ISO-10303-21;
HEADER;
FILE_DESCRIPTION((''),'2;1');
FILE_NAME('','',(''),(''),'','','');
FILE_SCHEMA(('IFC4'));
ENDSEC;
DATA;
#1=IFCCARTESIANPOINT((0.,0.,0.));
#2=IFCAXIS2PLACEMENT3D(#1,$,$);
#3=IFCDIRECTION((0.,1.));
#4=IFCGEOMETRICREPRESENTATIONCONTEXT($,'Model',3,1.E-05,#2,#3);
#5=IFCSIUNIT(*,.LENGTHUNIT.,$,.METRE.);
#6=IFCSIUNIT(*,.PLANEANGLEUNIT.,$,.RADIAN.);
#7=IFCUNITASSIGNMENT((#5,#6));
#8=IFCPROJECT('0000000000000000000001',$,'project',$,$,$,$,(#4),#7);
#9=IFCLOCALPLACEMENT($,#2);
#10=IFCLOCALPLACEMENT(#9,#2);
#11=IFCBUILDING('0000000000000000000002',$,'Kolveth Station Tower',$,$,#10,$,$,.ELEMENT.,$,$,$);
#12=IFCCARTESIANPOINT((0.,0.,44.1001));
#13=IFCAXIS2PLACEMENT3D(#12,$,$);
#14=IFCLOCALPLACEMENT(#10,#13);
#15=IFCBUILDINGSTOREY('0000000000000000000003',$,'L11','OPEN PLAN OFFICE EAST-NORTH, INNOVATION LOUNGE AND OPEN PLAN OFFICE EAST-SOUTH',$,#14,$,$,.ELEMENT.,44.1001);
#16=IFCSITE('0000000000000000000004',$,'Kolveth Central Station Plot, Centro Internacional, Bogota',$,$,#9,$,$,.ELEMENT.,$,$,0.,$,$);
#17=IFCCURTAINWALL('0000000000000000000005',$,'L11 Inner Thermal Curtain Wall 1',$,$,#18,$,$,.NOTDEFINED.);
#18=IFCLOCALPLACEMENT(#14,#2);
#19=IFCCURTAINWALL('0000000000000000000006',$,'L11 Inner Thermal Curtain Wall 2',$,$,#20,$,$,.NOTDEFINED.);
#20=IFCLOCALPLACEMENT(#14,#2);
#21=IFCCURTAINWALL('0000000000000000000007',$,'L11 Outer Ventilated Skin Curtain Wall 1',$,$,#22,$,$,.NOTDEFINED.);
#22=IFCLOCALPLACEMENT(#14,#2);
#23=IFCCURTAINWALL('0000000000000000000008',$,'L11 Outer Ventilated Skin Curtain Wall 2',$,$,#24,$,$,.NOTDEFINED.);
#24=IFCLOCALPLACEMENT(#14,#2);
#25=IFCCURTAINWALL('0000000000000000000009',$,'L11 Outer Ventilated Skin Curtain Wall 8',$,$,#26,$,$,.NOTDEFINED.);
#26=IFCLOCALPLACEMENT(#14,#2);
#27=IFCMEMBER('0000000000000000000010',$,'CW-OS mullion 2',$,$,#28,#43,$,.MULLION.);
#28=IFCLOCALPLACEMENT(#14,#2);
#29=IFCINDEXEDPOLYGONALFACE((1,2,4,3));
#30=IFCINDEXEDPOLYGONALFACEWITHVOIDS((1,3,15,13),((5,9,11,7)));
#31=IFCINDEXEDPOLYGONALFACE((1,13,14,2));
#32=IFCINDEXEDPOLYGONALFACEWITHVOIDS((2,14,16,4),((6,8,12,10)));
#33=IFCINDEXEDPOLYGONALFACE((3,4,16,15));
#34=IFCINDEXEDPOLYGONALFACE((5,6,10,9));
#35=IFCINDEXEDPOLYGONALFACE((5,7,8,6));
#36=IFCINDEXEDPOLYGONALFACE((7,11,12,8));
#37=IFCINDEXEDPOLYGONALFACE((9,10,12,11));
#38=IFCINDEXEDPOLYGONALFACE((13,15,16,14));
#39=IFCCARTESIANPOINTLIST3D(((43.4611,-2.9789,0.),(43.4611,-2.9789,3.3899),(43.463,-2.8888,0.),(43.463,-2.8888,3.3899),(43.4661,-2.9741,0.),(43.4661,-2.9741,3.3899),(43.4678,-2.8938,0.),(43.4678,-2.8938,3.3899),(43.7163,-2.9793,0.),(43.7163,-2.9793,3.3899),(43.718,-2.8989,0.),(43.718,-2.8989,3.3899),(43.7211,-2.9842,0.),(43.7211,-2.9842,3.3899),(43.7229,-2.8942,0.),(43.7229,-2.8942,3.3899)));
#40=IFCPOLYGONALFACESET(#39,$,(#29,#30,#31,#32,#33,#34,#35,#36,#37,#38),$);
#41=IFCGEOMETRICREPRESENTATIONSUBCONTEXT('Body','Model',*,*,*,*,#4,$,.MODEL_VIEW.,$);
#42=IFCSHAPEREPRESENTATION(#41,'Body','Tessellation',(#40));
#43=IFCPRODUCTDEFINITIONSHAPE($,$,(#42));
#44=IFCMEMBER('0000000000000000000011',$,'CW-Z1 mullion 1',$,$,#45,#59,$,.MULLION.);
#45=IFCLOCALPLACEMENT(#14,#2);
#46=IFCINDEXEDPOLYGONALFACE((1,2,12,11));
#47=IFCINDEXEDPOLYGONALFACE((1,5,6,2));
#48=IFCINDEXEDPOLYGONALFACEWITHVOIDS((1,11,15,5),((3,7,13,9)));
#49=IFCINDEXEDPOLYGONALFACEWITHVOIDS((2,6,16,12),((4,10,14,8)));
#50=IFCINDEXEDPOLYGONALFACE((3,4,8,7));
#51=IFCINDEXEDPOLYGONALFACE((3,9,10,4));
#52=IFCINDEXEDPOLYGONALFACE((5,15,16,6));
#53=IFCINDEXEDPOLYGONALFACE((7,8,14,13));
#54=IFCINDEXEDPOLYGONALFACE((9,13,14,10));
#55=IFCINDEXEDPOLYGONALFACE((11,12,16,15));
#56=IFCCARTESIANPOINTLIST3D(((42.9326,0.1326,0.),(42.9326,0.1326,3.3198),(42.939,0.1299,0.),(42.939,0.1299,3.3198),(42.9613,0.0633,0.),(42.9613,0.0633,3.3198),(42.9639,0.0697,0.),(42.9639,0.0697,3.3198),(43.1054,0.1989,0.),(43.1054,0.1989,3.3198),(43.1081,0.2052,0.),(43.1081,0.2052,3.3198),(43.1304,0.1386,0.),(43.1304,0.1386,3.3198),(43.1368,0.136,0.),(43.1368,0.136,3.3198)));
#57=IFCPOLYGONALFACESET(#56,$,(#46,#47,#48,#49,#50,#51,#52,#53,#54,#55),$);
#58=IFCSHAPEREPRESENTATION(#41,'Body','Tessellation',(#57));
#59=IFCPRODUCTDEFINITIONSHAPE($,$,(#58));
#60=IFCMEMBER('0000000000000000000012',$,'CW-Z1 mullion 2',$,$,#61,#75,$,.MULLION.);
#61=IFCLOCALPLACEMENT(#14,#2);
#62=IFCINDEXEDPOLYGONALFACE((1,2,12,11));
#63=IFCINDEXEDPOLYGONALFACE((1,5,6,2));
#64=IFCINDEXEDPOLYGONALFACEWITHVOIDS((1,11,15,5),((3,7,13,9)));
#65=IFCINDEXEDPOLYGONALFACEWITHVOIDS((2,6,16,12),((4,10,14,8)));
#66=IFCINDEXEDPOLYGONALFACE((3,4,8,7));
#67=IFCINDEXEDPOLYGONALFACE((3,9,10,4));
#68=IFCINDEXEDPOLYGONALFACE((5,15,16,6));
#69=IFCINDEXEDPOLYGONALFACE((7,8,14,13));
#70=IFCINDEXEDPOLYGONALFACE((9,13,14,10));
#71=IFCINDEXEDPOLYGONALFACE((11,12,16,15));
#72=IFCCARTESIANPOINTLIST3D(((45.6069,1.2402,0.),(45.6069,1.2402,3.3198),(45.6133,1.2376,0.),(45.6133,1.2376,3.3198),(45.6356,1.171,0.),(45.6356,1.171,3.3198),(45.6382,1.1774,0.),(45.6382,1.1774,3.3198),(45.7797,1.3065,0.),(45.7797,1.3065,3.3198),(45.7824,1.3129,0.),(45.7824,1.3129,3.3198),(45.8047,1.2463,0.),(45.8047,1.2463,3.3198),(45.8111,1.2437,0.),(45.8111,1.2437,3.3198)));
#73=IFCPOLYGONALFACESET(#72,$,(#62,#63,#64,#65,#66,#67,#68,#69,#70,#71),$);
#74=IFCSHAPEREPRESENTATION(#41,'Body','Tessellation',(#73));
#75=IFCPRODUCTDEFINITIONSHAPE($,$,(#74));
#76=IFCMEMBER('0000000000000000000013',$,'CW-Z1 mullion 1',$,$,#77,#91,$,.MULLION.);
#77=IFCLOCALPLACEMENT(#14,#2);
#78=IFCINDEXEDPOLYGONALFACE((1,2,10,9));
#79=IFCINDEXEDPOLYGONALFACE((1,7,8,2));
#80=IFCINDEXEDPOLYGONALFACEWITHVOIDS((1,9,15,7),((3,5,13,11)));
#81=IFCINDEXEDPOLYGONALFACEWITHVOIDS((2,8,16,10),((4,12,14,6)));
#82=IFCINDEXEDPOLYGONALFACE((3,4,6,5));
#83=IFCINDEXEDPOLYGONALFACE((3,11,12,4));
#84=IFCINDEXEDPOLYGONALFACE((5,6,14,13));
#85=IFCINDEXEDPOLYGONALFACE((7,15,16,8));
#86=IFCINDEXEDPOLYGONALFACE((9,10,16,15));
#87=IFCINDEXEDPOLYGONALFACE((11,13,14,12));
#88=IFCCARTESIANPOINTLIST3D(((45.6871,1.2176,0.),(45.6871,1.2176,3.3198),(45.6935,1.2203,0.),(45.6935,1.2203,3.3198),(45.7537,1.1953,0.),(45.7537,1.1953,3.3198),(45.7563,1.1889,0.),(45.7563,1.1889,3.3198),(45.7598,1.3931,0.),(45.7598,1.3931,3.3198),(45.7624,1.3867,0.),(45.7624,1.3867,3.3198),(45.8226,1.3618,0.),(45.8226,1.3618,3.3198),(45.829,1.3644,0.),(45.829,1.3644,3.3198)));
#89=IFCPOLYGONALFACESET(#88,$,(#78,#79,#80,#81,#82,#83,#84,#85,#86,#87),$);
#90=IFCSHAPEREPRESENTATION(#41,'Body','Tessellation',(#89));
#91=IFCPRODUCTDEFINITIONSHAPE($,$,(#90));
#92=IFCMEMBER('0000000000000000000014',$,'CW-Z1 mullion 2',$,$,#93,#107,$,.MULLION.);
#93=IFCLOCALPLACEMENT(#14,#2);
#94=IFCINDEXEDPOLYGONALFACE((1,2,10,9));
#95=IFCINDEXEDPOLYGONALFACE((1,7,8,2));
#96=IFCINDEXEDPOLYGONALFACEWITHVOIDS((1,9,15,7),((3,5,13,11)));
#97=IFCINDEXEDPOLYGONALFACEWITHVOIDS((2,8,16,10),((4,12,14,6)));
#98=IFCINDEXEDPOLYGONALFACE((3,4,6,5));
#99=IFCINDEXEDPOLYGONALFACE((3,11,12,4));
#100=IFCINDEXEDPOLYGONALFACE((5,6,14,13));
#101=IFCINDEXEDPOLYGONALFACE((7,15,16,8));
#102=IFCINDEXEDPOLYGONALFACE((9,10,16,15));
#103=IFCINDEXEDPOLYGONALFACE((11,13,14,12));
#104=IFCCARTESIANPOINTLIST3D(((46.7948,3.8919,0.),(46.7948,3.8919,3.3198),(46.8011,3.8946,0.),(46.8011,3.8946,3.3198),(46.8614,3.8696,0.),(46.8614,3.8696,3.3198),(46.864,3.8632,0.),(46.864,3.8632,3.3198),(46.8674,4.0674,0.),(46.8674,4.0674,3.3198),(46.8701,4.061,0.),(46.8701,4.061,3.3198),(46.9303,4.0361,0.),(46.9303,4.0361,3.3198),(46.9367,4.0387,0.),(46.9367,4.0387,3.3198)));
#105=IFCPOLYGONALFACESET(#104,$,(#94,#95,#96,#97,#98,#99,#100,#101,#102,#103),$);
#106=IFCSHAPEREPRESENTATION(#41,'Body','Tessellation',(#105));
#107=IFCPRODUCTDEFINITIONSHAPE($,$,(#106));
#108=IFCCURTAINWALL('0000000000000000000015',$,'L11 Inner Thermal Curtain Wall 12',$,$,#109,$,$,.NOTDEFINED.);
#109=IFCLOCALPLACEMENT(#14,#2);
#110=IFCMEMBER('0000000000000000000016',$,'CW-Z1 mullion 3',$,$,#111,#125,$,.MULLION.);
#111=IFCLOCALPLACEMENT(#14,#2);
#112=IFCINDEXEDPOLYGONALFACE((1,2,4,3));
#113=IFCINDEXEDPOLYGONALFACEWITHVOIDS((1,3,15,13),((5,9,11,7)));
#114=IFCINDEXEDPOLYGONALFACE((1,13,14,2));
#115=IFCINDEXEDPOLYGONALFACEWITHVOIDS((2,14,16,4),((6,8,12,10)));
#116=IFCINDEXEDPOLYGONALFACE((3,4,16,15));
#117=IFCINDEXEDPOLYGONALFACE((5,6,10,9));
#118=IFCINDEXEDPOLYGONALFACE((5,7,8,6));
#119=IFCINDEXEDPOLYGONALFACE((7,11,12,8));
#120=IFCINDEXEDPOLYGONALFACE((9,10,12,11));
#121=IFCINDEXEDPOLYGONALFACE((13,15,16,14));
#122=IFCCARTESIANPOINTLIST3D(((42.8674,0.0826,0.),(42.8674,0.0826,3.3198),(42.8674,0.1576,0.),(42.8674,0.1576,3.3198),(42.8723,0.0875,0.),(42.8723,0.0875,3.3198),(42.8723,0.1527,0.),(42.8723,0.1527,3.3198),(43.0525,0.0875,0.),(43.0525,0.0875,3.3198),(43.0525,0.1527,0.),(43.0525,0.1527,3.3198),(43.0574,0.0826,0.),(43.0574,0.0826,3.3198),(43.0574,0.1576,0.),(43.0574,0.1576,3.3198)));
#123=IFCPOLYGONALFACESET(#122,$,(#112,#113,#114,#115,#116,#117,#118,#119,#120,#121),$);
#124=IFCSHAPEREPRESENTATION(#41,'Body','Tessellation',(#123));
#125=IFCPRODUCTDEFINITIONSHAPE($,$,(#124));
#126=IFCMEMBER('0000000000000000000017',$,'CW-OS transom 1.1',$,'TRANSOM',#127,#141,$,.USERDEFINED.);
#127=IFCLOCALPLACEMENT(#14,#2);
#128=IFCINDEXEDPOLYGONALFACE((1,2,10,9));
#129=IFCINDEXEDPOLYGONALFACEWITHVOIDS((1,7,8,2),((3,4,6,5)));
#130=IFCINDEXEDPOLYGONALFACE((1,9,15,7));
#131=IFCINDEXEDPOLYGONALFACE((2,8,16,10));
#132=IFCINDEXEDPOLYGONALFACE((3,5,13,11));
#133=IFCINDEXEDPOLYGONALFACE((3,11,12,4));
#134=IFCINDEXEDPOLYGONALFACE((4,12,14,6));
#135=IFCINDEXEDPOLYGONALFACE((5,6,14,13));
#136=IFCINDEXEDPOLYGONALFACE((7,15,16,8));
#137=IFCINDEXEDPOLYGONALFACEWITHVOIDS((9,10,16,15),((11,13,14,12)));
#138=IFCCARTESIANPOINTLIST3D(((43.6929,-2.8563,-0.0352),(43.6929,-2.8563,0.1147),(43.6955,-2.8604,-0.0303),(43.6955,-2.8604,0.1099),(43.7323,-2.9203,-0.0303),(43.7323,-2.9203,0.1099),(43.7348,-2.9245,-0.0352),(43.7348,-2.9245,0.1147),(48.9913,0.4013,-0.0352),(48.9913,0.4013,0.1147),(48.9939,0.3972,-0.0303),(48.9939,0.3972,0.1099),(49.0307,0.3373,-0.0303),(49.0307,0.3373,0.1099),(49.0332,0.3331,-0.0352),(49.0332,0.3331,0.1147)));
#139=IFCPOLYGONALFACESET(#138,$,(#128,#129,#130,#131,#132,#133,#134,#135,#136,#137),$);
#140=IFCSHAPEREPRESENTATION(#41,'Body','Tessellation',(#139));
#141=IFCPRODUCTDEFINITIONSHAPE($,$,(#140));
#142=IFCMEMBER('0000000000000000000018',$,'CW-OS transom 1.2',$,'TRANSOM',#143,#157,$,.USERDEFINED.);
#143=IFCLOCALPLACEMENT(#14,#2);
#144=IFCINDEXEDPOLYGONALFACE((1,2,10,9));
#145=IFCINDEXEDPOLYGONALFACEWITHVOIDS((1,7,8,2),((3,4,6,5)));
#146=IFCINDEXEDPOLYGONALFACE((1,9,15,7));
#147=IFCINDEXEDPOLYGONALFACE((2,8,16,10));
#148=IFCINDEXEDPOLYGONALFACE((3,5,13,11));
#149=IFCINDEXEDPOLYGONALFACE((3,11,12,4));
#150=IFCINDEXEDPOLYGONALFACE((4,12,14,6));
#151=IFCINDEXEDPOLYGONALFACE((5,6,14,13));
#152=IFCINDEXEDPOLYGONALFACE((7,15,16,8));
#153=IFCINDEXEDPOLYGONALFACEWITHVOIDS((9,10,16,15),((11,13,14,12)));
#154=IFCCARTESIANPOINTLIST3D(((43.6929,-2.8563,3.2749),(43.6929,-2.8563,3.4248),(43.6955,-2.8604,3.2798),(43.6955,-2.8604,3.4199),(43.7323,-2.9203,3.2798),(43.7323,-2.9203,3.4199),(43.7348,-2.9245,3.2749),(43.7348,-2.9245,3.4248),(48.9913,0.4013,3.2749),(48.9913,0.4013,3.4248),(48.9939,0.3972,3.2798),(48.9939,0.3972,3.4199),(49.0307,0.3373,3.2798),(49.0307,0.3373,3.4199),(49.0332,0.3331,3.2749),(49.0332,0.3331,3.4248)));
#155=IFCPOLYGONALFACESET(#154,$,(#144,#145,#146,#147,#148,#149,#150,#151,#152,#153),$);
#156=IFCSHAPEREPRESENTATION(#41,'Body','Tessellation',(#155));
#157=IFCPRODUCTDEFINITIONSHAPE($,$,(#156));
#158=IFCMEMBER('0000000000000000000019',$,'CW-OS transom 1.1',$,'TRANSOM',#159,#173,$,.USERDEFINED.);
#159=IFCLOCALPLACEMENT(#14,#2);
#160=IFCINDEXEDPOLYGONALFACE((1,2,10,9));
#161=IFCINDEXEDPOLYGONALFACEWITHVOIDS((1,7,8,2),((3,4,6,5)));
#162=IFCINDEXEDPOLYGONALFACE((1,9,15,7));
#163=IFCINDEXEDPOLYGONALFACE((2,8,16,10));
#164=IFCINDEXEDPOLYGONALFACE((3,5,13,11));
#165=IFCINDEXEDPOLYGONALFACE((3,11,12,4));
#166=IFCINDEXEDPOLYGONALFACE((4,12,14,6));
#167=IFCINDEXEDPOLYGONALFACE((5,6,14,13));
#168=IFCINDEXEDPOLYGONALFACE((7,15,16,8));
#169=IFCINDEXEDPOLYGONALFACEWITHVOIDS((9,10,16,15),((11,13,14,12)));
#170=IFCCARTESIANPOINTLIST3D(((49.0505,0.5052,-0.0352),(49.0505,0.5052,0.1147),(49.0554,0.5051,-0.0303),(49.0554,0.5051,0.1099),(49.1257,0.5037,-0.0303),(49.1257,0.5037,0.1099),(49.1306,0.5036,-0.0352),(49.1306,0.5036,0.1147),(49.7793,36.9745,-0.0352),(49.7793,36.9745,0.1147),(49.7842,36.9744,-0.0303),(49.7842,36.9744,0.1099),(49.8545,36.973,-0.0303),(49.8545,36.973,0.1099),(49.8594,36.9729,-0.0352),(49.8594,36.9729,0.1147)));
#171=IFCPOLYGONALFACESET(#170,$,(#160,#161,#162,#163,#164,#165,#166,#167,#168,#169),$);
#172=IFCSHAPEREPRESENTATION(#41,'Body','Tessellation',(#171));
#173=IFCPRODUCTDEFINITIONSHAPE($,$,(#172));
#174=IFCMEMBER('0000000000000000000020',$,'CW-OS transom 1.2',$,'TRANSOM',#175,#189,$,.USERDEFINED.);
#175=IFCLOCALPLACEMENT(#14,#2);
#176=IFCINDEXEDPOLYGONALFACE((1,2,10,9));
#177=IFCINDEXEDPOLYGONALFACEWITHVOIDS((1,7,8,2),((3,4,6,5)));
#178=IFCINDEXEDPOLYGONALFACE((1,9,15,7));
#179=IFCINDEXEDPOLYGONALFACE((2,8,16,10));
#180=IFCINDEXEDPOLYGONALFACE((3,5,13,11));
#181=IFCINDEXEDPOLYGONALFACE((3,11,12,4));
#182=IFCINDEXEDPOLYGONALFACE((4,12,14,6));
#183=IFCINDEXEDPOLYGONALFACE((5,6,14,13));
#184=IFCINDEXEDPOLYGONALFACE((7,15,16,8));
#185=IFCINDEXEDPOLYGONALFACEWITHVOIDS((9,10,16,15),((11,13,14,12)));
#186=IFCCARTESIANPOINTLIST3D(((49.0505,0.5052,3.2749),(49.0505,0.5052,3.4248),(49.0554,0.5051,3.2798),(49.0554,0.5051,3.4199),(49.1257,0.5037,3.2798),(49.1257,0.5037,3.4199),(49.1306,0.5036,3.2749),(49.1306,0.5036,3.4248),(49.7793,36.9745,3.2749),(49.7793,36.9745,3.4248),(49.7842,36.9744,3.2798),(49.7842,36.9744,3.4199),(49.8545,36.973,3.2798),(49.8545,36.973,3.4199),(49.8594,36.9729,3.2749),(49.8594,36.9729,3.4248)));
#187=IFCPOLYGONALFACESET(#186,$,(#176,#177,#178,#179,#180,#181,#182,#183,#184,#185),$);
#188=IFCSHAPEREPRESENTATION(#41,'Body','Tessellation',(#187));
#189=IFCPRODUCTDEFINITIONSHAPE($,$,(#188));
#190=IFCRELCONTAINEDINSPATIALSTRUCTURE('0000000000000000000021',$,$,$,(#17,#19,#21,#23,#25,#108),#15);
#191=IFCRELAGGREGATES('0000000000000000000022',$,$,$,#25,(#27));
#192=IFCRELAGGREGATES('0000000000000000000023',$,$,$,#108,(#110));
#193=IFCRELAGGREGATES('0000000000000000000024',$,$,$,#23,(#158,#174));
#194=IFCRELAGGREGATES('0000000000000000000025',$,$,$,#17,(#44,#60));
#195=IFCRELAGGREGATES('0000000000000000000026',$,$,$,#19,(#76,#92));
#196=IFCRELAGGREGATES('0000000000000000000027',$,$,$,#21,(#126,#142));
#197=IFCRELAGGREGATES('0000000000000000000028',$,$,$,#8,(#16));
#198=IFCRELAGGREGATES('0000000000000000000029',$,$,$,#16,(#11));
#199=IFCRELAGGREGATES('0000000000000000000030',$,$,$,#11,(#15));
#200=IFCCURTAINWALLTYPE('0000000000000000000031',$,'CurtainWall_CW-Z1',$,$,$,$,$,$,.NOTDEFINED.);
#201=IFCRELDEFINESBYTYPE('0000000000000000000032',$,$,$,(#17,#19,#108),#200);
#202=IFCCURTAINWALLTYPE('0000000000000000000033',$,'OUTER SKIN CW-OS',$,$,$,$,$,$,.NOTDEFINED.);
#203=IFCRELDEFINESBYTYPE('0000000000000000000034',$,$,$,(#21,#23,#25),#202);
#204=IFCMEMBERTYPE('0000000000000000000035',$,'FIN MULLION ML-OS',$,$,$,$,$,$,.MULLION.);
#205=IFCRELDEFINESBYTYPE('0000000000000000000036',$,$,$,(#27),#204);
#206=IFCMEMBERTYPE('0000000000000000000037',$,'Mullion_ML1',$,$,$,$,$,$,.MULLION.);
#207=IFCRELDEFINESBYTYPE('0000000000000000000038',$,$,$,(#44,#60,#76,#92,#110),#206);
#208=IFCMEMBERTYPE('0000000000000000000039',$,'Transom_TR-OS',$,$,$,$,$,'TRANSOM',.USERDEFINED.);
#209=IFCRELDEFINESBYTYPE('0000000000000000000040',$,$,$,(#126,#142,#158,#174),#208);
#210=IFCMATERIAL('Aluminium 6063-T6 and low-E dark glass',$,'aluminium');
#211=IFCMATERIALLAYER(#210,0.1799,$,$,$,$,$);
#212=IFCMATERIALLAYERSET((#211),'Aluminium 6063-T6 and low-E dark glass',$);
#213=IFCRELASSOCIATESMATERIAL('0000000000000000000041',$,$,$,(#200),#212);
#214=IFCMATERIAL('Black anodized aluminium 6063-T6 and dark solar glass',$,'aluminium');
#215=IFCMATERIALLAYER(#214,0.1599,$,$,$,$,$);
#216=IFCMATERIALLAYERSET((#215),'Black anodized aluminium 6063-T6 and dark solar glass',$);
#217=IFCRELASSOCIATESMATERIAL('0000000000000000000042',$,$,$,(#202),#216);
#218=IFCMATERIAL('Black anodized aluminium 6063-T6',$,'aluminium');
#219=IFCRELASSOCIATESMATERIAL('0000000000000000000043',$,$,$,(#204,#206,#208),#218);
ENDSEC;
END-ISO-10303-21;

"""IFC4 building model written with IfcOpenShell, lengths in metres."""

from ifc_helpers import new_model, si_unit, direction, frame, origin, origin_2d, place, context, subcontext, project, spatial, hollow_rectangle, extrude, source, transform, mapped, material, layer, layer_set, material_profile, profile_set, type_object, element, aggregate, save


model = new_model("IFC4")

# Units and contexts
model_context = context("Model", 3, precision=1e-05, world=origin(), true_north=direction((0.0, 1.0)))
body_context = subcontext(model_context, "Body", "Model", "MODEL_VIEW")
ifc_project = project(units=[si_unit("LENGTHUNIT", "METRE"), si_unit("PLANEANGLEUNIT", "RADIAN")], contexts=[model_context])

# Site, building, storey
site_placement = place(None, origin())
site = spatial("IfcSite", under=ifc_project, at=site_placement, Name="Kolveth Central Station Plot, Centro Internacional, Bogota", CompositionType="ELEMENT", RefElevation=0.0)
building_placement = place(site_placement, origin())
building = spatial("IfcBuilding", under=site, at=building_placement, Name="Kolveth Station Tower", CompositionType="ELEMENT")
storey_placement = place(building_placement, frame((0.0, 0.0, 44.1001)))
storey = spatial("IfcBuildingStorey", under=building, at=storey_placement, Name="L11", Description="OPEN PLAN OFFICE EAST-NORTH, INNOVATION LOUNGE AND OPEN PLAN OFFICE EAST-SOUTH", CompositionType="ELEMENT", Elevation=44.1001)

# Curtain walls
ifc_material_1 = material(Name="Aluminium 6063-T6 and low-E dark glass", Category="aluminium")
ifc_layer_1 = layer(ifc_material_1, 0.1799)
ifc_layer_set_1 = layer_set([ifc_layer_1], Name="Aluminium 6063-T6 and low-E dark glass")
curtain_wall_type_1 = type_object("IfcCurtainWallType", Name="CurtainWall_CW-Z1", PredefinedType="NOTDEFINED", material=ifc_layer_set_1)
curtain_wall_1_placement = place(storey_placement, origin())
curtain_wall_1 = element("IfcCurtainWall", 1, at=curtain_wall_1_placement, inside=storey, type_object=curtain_wall_type_1, Name="L11 Inner Thermal Curtain Wall 1", PredefinedType="NOTDEFINED")
ifc_material_2 = material(Name="Black anodized aluminium 6063-T6", Category="aluminium")
curtain_wall_2_placement = place(storey_placement, origin())
curtain_wall_2 = element("IfcCurtainWall", 2, at=curtain_wall_2_placement, inside=storey, type_object=curtain_wall_type_1, Name="L11 Inner Thermal Curtain Wall 2", PredefinedType="NOTDEFINED")
ifc_material_3 = material(Name="Black anodized aluminium 6063-T6 and dark solar glass", Category="aluminium")
ifc_layer_2 = layer(ifc_material_3, 0.1599)
ifc_layer_set_2 = layer_set([ifc_layer_2], Name="Black anodized aluminium 6063-T6 and dark solar glass")
curtain_wall_type_2 = type_object("IfcCurtainWallType", Name="OUTER SKIN CW-OS", PredefinedType="NOTDEFINED", material=ifc_layer_set_2)
curtain_wall_3_placement = place(storey_placement, origin())
curtain_wall_3 = element("IfcCurtainWall", 3, at=curtain_wall_3_placement, inside=storey, type_object=curtain_wall_type_2, Name="L11 Outer Ventilated Skin Curtain Wall 1", PredefinedType="NOTDEFINED")
ifc_material_profile_1 = material_profile(ifc_material_2, hollow_rectangle(XDim=0.0901, YDim=0.26, WallThickness=0.0049, at=origin_2d()), Name="ALU-90x260x5")
ifc_profile_set_1 = profile_set([ifc_material_profile_1], Name="Black anodized aluminium 6063-T6")
member_type_1 = type_object("IfcMemberType", Name="FIN MULLION ML-OS", PredefinedType="MULLION", material=ifc_profile_set_1)
shared_shape_1 = source(origin(), body_context, "Body", "SweptSolid", [
    extrude(hollow_rectangle(XDim=0.0901, YDim=0.26, WallThickness=0.0049, at=origin_2d()), origin(), (0.0, 0.0, 1.0), 3.3899),
])

# Curtain walls, member
curtain_wall_4_placement = place(storey_placement, origin())
curtain_wall_4 = element("IfcCurtainWall", 4, at=curtain_wall_4_placement, inside=storey, type_object=curtain_wall_type_2, Name="L11 Outer Ventilated Skin Curtain Wall 2", PredefinedType="NOTDEFINED")
curtain_wall_5_placement = place(storey_placement, origin())
curtain_wall_5 = element("IfcCurtainWall", 5, at=curtain_wall_5_placement, inside=storey, type_object=curtain_wall_type_2, Name="L11 Outer Ventilated Skin Curtain Wall 8", PredefinedType="NOTDEFINED")
member_1_placement = place(storey_placement, frame((43.592, -2.9365, 0.0), z_axis=(0.0, 0.0, 1.0), x_axis=(0.02061, 0.999788, 0.0)))
member_1 = element("IfcMember", 6, at=member_1_placement, type_object=member_type_1, Name="CW-OS mullion 2", PredefinedType="MULLION", context=body_context, shape_type="MappedRepresentation", body=[
    mapped(shared_shape_1, transform((0.0, 0.0, 0.0), x_axis=(1.0, 0.0, 0.0), y_axis=(0.0, 1.0, 0.0), z_axis=(0.0, 0.0, 1.0), scale=1.0)),
])
aggregate(curtain_wall_5, [member_1])

# Members
ifc_material_profile_2 = material_profile(ifc_material_2, hollow_rectangle(XDim=0.075, YDim=0.1899, WallThickness=0.0049, at=origin_2d()), Name="ALU-75x190x5")
ifc_profile_set_2 = profile_set([ifc_material_profile_2], Name="Black anodized aluminium 6063-T6")
member_type_2 = type_object("IfcMemberType", Name="Mullion_ML1", PredefinedType="MULLION", material=ifc_profile_set_2)
shared_shape_2 = source(origin(), body_context, "Body", "SweptSolid", [
    extrude(hollow_rectangle(XDim=0.075, YDim=0.1899, WallThickness=0.0049, at=origin_2d()), origin(), (0.0, 0.0, 1.0), 3.3198),
])
member_2_placement = place(storey_placement, frame((43.0347, 0.1343, 0.0), z_axis=(0.0, 0.0, 1.0), x_axis=(-0.382673, 0.923884, 0.0)))
member_2 = element("IfcMember", 7, at=member_2_placement, type_object=member_type_2, Name="CW-Z1 mullion 1", PredefinedType="MULLION", context=body_context, shape_type="MappedRepresentation", body=[
    mapped(shared_shape_2, transform((0.0, 0.0, 0.0), x_axis=(1.0, 0.0, 0.0), y_axis=(0.0, 1.0, 0.0), z_axis=(0.0, 0.0, 1.0), scale=1.0)),
])
member_3_placement = place(storey_placement, frame((45.709, 1.2419, 0.0), z_axis=(0.0, 0.0, 1.0), x_axis=(-0.382673, 0.923884, 0.0)))
member_3 = element("IfcMember", 8, at=member_3_placement, type_object=member_type_2, Name="CW-Z1 mullion 2", PredefinedType="MULLION", context=body_context, shape_type="MappedRepresentation", body=[
    mapped(shared_shape_2, transform((0.0, 0.0, 0.0), x_axis=(1.0, 0.0, 0.0), y_axis=(0.0, 1.0, 0.0), z_axis=(0.0, 0.0, 1.0), scale=1.0)),
])
member_4_placement = place(storey_placement, frame((45.7581, 1.291, 0.0), z_axis=(0.0, 0.0, 1.0), x_axis=(-0.923884, 0.382673, 0.0)))
member_4 = element("IfcMember", 9, at=member_4_placement, type_object=member_type_2, Name="CW-Z1 mullion 1", PredefinedType="MULLION", context=body_context, shape_type="MappedRepresentation", body=[
    mapped(shared_shape_2, transform((0.0, 0.0, 0.0), x_axis=(1.0, 0.0, 0.0), y_axis=(0.0, 1.0, 0.0), z_axis=(0.0, 0.0, 1.0), scale=1.0)),
])
member_5_placement = place(storey_placement, frame((46.8657, 3.9653, 0.0), z_axis=(0.0, 0.0, 1.0), x_axis=(-0.923884, 0.382673, 0.0)))
member_5 = element("IfcMember", 10, at=member_5_placement, type_object=member_type_2, Name="CW-Z1 mullion 2", PredefinedType="MULLION", context=body_context, shape_type="MappedRepresentation", body=[
    mapped(shared_shape_2, transform((0.0, 0.0, 0.0), x_axis=(1.0, 0.0, 0.0), y_axis=(0.0, 1.0, 0.0), z_axis=(0.0, 0.0, 1.0), scale=1.0)),
])

# Curtain wall, member
curtain_wall_6_placement = place(storey_placement, origin())
curtain_wall_6 = element("IfcCurtainWall", 11, at=curtain_wall_6_placement, inside=storey, type_object=curtain_wall_type_1, Name="L11 Inner Thermal Curtain Wall 12", PredefinedType="NOTDEFINED")
member_6_placement = place(storey_placement, frame((42.9624, 0.1201, 0.0), z_axis=(0.0, 0.0, 1.0), x_axis=(0.0, 1.0, 0.0)))
member_6 = element("IfcMember", 12, at=member_6_placement, type_object=member_type_2, Name="CW-Z1 mullion 3", PredefinedType="MULLION", context=body_context, shape_type="MappedRepresentation", body=[
    mapped(shared_shape_2, transform((0.0, 0.0, 0.0), x_axis=(1.0, 0.0, 0.0), y_axis=(0.0, 1.0, 0.0), z_axis=(0.0, 0.0, 1.0), scale=1.0)),
])
aggregate(curtain_wall_6, [member_6])

# Members
ifc_material_profile_3 = material_profile(ifc_material_2, hollow_rectangle(XDim=0.0801, YDim=0.1499, WallThickness=0.0049, at=origin_2d()), Name="ALU-80x150x5")
ifc_profile_set_3 = profile_set([ifc_material_profile_3], Name="Black anodized aluminium 6063-T6")
member_type_3 = type_object("IfcMemberType", Name="Transom_TR-OS", ElementType="TRANSOM", PredefinedType="USERDEFINED", material=ifc_profile_set_3)
shared_shape_3 = source(origin(), body_context, "Body", "SweptSolid", [
    extrude(hollow_rectangle(XDim=0.0801, YDim=0.1499, WallThickness=0.0049, at=origin_2d()), origin(), (0.0, 0.0, 1.0), 6.2197),
])
member_7_placement = place(storey_placement, frame((43.7139, -2.8904, 0.0398), z_axis=(0.85187, 0.523754, 0.0), x_axis=(-0.523754, 0.85187, 0.0)))
member_7 = element("IfcMember", 13, at=member_7_placement, type_object=member_type_3, Name="CW-OS transom 1.1", ObjectType="TRANSOM", PredefinedType="USERDEFINED", context=body_context, shape_type="MappedRepresentation", body=[
    mapped(shared_shape_3, transform((0.0, 0.0, 0.0), x_axis=(1.0, 0.0, 0.0), y_axis=(0.0, 1.0, 0.0), z_axis=(0.0, 0.0, 1.0), scale=1.0)),
])
member_8_placement = place(storey_placement, frame((43.7139, -2.8904, 3.3499), z_axis=(0.85187, 0.523754, 0.0), x_axis=(-0.523754, 0.85187, 0.0)))
member_8 = element("IfcMember", 14, at=member_8_placement, type_object=member_type_3, Name="CW-OS transom 1.2", ObjectType="TRANSOM", PredefinedType="USERDEFINED", context=body_context, shape_type="MappedRepresentation", body=[
    mapped(shared_shape_3, transform((0.0, 0.0, 0.0), x_axis=(1.0, 0.0, 0.0), y_axis=(0.0, 1.0, 0.0), z_axis=(0.0, 0.0, 1.0), scale=1.0)),
])
shared_shape_4 = source(origin(), body_context, "Body", "SweptSolid", [
    extrude(hollow_rectangle(XDim=0.0801, YDim=0.1499, WallThickness=0.0049, at=origin_2d()), origin(), (0.0, 0.0, 1.0), 36.4766),
])
member_9_placement = place(storey_placement, frame((49.0906, 0.5044, 0.0398), z_axis=(0.019979, 0.9998, 0.0), x_axis=(-0.9998, 0.019979, 0.0)))
member_9 = element("IfcMember", 15, at=member_9_placement, type_object=member_type_3, Name="CW-OS transom 1.1", ObjectType="TRANSOM", PredefinedType="USERDEFINED", context=body_context, shape_type="MappedRepresentation", body=[
    mapped(shared_shape_4, transform((0.0, 0.0, 0.0), x_axis=(1.0, 0.0, 0.0), y_axis=(0.0, 1.0, 0.0), z_axis=(0.0, 0.0, 1.0), scale=1.0)),
])
member_10_placement = place(storey_placement, frame((49.0906, 0.5044, 3.3499), z_axis=(0.019979, 0.9998, 0.0), x_axis=(-0.9998, 0.019979, 0.0)))
member_10 = element("IfcMember", 16, at=member_10_placement, type_object=member_type_3, Name="CW-OS transom 1.2", ObjectType="TRANSOM", PredefinedType="USERDEFINED", context=body_context, shape_type="MappedRepresentation", body=[
    mapped(shared_shape_4, transform((0.0, 0.0, 0.0), x_axis=(1.0, 0.0, 0.0), y_axis=(0.0, 1.0, 0.0), z_axis=(0.0, 0.0, 1.0), scale=1.0)),
])
aggregate(curtain_wall_4, [member_9, member_10])

aggregate(curtain_wall_1, [member_2, member_3])
aggregate(curtain_wall_2, [member_4, member_5])
aggregate(curtain_wall_3, [member_7, member_8])

save(model, "model.ifc")
